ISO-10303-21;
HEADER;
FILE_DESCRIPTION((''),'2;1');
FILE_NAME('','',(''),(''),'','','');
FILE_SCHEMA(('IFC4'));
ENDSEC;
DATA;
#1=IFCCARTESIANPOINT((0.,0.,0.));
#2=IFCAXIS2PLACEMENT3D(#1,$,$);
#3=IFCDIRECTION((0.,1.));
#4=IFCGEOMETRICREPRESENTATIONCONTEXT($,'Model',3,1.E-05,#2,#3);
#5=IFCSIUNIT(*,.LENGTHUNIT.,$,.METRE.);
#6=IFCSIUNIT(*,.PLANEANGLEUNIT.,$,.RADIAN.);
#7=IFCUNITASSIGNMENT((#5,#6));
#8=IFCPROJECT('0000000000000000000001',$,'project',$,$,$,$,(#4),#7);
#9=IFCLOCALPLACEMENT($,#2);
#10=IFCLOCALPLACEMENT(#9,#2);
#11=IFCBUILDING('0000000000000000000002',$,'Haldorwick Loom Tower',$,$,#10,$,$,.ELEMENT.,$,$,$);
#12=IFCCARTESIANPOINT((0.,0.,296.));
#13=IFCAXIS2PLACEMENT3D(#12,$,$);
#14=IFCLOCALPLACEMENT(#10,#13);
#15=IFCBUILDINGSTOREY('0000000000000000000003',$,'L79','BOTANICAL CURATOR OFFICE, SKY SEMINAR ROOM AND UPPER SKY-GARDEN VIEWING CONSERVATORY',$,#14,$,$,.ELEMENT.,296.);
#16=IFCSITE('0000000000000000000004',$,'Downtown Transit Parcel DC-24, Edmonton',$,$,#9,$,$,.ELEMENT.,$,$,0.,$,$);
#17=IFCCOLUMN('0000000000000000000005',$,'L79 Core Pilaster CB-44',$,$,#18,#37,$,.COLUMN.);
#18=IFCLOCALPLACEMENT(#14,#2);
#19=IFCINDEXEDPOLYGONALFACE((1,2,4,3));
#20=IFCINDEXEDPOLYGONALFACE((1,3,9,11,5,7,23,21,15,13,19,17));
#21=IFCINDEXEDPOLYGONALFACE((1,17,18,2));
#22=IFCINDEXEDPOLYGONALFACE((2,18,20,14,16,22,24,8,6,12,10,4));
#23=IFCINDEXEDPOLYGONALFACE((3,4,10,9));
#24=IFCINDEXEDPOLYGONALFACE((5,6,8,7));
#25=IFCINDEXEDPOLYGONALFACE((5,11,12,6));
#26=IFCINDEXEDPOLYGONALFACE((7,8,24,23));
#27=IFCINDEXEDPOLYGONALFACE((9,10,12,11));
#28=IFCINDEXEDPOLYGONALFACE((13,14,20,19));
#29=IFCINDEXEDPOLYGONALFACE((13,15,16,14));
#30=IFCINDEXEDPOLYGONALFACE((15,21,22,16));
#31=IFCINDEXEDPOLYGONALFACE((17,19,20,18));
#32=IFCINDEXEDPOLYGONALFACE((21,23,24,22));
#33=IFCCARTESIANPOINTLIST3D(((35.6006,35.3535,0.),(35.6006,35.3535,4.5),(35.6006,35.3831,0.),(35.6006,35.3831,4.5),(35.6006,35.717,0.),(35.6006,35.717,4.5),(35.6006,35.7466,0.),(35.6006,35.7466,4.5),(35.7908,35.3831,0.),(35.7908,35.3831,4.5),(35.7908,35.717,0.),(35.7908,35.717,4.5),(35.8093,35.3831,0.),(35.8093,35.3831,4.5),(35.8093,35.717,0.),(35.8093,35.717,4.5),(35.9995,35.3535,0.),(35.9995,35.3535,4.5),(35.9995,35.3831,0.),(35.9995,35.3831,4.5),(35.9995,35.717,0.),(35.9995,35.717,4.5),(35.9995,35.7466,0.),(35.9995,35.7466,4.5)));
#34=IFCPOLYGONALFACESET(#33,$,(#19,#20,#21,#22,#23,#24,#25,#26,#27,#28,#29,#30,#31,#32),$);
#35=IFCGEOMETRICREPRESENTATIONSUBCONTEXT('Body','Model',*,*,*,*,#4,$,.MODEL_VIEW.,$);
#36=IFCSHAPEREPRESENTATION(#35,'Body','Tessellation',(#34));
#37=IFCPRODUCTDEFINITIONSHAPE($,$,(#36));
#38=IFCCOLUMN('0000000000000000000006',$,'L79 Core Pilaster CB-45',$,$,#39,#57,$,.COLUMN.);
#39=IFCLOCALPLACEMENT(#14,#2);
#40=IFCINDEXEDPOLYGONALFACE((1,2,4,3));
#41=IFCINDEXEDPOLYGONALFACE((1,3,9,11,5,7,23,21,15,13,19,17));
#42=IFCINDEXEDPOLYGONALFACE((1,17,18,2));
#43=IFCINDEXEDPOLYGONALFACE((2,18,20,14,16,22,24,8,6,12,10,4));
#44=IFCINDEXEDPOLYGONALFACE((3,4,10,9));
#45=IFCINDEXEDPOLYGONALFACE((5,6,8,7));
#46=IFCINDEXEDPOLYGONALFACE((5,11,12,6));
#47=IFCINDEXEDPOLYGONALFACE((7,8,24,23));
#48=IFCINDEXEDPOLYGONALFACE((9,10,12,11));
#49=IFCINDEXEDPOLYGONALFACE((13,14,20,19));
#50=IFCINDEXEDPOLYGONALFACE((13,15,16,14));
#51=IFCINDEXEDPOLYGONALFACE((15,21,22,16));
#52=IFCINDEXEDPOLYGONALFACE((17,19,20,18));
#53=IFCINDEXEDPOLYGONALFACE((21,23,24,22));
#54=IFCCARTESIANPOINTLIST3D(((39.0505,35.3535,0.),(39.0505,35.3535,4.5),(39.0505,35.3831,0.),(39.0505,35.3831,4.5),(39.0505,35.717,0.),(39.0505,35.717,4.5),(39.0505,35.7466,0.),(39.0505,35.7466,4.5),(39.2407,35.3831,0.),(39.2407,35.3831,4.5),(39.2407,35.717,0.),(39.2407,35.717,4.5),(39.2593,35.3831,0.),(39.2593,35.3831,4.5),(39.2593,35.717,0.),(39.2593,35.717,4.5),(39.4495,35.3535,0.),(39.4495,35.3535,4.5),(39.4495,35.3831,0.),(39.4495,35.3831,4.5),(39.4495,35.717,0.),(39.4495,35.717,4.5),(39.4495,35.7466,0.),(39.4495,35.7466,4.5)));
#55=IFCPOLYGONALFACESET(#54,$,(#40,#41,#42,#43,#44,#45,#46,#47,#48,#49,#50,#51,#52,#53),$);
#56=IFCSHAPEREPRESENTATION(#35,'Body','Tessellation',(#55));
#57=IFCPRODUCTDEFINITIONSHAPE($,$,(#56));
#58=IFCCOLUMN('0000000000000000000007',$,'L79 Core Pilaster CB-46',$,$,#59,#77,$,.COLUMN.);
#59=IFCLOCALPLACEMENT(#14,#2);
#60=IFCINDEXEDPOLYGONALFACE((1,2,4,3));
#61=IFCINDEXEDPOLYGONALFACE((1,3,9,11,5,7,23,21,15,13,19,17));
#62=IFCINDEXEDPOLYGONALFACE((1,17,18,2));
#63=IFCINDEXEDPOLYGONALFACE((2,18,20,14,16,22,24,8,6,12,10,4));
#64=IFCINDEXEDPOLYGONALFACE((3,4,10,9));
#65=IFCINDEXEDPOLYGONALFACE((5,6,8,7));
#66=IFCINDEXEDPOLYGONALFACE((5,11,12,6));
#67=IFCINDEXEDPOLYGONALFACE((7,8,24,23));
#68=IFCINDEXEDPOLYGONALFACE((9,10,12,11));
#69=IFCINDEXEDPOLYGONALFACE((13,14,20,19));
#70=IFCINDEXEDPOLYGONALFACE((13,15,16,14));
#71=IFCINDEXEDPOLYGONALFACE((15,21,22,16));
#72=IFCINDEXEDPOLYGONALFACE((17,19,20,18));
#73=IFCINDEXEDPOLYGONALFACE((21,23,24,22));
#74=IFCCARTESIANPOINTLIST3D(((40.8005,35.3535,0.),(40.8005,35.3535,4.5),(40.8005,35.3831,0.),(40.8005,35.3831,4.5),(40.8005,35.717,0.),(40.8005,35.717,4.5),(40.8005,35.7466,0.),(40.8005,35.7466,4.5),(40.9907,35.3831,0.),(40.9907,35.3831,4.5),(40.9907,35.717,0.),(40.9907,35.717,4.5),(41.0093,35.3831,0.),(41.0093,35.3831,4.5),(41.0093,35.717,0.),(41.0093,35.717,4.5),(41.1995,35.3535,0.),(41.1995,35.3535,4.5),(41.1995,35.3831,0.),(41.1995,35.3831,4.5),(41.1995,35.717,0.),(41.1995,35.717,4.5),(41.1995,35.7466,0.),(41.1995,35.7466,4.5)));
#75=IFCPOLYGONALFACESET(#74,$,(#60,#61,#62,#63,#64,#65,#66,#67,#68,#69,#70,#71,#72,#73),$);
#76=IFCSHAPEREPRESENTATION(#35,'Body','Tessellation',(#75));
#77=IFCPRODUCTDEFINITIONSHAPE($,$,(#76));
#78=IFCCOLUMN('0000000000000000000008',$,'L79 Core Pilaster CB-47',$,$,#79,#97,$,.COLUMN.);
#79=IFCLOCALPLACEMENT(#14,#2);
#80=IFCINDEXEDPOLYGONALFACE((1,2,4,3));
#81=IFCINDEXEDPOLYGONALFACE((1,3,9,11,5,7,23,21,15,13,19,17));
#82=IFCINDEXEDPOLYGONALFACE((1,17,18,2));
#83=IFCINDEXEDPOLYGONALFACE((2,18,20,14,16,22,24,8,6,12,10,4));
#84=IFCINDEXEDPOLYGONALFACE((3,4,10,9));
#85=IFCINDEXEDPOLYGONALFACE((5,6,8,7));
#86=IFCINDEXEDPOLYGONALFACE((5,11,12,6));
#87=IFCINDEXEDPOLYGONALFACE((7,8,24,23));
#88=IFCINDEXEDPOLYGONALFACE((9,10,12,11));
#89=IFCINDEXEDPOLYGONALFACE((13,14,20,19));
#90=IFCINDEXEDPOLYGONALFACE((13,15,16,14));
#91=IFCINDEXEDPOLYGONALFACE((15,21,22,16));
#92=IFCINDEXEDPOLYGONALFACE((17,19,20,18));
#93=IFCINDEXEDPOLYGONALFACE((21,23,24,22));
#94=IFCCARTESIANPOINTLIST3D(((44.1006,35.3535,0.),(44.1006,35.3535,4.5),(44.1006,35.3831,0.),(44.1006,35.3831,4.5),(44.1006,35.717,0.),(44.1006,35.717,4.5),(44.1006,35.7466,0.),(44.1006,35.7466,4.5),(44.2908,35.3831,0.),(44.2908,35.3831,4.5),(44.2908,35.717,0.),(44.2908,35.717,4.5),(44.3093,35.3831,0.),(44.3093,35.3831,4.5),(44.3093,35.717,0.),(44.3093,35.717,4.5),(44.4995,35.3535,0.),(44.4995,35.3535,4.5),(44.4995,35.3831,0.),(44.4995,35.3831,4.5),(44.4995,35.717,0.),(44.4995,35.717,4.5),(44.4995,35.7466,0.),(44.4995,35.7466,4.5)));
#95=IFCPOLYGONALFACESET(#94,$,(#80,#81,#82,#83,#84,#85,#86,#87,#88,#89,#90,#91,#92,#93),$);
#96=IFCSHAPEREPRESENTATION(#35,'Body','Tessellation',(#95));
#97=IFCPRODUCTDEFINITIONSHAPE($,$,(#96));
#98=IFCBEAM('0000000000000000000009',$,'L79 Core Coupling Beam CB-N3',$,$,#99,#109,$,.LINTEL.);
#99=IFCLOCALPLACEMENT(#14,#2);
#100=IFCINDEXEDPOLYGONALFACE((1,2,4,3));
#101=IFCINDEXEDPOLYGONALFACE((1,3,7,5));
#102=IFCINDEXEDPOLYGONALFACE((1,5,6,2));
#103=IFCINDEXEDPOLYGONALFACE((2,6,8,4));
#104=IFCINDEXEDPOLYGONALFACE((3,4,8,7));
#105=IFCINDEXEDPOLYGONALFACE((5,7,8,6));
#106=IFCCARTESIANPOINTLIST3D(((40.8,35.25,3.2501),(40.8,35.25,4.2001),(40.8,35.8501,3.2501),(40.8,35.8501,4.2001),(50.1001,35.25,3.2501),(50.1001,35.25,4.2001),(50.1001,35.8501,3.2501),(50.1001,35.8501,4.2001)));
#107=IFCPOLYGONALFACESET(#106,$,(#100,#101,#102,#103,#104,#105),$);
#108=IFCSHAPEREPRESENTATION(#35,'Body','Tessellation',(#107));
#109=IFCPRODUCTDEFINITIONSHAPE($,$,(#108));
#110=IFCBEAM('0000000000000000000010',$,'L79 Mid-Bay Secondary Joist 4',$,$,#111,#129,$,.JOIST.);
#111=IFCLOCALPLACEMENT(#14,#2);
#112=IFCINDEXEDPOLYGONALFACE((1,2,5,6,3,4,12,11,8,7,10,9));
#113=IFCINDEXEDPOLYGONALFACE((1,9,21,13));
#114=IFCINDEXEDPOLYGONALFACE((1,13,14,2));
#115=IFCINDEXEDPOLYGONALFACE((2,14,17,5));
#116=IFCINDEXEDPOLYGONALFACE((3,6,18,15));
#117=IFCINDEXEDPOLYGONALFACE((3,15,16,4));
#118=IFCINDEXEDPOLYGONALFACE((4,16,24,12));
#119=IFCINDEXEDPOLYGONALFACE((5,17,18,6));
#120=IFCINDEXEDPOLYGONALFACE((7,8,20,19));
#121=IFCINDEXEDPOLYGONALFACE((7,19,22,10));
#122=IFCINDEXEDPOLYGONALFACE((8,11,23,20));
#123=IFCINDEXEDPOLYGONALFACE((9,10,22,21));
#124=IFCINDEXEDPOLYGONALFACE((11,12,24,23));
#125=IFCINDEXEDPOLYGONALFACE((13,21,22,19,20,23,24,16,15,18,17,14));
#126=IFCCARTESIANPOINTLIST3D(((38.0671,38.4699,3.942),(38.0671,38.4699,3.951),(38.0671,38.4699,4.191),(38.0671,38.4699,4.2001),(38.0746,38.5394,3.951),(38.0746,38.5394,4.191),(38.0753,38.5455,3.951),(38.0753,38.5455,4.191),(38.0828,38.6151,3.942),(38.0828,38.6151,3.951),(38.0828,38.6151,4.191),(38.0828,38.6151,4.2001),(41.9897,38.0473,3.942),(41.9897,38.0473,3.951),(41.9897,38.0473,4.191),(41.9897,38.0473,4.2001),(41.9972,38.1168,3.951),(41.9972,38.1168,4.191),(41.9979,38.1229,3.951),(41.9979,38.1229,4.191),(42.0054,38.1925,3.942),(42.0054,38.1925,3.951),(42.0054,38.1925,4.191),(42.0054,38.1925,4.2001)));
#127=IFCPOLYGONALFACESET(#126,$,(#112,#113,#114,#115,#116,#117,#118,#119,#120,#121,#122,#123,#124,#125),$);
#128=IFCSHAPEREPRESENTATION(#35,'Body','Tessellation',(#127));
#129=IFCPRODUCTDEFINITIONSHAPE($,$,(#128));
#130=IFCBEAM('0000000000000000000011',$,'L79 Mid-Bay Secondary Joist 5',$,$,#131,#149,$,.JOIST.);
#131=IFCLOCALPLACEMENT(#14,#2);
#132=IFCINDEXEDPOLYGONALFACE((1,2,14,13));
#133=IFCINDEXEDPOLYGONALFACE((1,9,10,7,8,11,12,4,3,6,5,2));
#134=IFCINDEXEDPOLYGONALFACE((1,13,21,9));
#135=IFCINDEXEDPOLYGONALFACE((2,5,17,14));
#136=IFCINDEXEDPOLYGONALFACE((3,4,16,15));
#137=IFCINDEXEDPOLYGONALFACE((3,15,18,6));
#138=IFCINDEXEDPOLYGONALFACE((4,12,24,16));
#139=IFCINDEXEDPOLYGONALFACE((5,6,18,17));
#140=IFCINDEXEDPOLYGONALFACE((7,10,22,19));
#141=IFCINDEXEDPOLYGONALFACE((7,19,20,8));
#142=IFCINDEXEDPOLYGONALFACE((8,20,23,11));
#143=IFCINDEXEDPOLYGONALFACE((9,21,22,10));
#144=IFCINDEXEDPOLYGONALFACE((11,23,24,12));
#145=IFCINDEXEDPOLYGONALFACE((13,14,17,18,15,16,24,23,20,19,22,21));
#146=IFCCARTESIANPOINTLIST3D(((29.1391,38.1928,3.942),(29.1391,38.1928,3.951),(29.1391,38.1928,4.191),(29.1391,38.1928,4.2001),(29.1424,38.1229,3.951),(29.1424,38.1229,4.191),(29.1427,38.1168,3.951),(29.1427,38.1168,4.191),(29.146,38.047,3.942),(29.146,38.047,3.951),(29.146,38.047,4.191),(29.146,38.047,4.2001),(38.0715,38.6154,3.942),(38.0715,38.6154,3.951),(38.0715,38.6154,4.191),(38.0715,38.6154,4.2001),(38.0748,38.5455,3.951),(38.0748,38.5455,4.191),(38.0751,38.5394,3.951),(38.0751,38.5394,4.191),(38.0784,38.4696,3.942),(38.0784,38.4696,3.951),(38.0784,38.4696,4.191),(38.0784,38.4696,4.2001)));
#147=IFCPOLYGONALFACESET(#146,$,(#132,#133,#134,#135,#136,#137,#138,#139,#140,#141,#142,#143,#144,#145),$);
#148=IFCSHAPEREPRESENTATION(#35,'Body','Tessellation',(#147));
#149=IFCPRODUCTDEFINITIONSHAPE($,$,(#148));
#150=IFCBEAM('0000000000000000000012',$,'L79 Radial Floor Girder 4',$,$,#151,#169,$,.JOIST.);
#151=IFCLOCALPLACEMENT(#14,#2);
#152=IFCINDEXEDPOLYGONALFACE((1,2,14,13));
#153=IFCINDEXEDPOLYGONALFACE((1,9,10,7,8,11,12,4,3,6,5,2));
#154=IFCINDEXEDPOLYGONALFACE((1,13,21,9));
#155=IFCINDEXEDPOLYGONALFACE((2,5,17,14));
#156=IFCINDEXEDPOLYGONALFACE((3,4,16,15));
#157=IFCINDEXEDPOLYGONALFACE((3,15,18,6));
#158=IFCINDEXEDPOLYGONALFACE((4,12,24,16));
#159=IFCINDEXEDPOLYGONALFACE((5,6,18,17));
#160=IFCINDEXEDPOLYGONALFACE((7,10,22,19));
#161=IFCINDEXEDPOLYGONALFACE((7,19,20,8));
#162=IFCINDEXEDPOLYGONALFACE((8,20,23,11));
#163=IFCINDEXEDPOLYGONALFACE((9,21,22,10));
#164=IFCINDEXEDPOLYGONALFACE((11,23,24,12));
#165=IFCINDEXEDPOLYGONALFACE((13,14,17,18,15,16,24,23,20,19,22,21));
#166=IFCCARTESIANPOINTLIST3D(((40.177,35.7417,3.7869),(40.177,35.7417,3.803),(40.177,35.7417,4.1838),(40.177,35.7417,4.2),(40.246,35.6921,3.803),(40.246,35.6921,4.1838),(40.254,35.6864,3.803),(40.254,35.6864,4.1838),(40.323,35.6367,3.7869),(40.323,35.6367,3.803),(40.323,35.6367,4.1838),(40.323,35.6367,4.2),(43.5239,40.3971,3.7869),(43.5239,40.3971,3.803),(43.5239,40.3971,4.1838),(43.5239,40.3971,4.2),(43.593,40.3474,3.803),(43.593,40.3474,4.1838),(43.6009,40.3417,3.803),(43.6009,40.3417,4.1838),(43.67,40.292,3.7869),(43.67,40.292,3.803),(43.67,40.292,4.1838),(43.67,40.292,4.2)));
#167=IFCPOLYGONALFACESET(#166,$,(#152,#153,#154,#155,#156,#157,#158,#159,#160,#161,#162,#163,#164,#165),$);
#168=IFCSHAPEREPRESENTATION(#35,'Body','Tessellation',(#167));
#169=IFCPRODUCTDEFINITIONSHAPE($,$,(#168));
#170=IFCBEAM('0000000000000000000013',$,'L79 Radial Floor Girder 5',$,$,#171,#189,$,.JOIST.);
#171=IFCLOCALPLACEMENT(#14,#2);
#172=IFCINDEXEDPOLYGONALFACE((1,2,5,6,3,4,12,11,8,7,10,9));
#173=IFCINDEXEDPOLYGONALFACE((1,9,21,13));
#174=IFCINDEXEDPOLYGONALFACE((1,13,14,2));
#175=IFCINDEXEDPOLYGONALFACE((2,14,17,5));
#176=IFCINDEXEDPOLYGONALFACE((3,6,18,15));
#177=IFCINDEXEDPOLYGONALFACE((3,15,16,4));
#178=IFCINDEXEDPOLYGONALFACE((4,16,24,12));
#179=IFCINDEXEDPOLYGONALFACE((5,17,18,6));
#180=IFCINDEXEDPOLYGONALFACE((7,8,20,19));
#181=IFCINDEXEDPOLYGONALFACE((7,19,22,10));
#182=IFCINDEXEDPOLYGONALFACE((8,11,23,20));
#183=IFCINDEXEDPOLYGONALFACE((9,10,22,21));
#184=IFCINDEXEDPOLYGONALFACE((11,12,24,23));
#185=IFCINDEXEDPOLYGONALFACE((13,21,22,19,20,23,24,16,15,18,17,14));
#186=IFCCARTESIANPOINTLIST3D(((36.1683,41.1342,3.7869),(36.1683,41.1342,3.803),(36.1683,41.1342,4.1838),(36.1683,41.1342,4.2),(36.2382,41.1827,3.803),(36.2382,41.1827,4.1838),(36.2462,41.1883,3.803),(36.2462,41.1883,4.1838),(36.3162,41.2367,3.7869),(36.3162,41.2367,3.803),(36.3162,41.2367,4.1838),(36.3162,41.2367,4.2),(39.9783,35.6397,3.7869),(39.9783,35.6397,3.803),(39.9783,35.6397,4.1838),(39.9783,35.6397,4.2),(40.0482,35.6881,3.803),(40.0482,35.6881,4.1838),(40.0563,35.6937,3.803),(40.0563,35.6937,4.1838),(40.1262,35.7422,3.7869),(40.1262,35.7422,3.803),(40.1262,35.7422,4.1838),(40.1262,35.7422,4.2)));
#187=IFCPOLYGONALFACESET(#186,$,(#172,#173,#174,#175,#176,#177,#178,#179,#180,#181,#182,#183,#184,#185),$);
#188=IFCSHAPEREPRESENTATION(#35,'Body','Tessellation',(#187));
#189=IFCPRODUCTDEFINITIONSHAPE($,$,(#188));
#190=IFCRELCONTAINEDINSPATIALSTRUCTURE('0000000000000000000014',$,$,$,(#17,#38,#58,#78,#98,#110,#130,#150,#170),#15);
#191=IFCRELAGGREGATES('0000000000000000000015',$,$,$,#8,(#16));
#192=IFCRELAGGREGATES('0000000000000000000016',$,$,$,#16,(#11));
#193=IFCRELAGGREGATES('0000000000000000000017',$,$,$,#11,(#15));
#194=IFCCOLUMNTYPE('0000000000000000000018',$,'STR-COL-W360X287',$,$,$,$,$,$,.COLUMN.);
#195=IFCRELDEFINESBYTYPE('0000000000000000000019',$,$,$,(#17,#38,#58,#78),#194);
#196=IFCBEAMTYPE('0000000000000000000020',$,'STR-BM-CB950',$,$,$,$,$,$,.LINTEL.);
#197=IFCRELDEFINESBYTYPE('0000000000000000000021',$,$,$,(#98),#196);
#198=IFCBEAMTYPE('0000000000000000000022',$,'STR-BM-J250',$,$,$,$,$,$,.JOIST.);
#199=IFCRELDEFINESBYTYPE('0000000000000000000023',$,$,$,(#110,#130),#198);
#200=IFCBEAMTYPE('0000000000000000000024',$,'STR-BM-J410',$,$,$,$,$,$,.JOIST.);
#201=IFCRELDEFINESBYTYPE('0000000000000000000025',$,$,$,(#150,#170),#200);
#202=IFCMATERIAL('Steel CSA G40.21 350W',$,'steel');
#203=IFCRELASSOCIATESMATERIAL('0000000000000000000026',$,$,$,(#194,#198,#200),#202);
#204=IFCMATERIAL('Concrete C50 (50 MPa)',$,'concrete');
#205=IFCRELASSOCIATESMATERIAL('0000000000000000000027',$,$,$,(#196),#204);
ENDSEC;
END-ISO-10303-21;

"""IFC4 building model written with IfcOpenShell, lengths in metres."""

from ifc_helpers import new_model, si_unit, direction, frame, origin, origin_2d, place, context, subcontext, project, spatial, rectangle, i_section, extrude, material, material_profile, profile_set, type_object, element, save


model = new_model("IFC4")

# Units and contexts
model_context = context("Model", 3, precision=1e-05, world=origin(), true_north=direction((0.0, 1.0)))
body_context = subcontext(model_context, "Body", "Model", "MODEL_VIEW")
ifc_project = project(units=[si_unit("LENGTHUNIT", "METRE"), si_unit("PLANEANGLEUNIT", "RADIAN")], contexts=[model_context])

# Site, building, storey
site_placement = place(None, origin())
site = spatial("IfcSite", under=ifc_project, at=site_placement, Name="Downtown Transit Parcel DC-24, Edmonton", CompositionType="ELEMENT", RefElevation=0.0)
building_placement = place(site_placement, origin())
building = spatial("IfcBuilding", under=site, at=building_placement, Name="Haldorwick Loom Tower", CompositionType="ELEMENT")
storey_placement = place(building_placement, frame((0.0, 0.0, 296.0)))
storey = spatial("IfcBuildingStorey", under=building, at=storey_placement, Name="L79", Description="BOTANICAL CURATOR OFFICE, SKY SEMINAR ROOM AND UPPER SKY-GARDEN VIEWING CONSERVATORY", CompositionType="ELEMENT", Elevation=296.0)

# Columns
ifc_material_1 = material(Name="Steel CSA G40.21 350W", Category="steel")
ifc_material_profile_1 = material_profile(ifc_material_1, i_section(OverallWidth=0.3989, OverallDepth=0.3931, WebThickness=0.0186, FlangeThickness=0.0295, at=origin_2d()), Name="W360X287", Category="steel")
ifc_profile_set_1 = profile_set([ifc_material_profile_1], Name="Steel CSA G40.21 350W")
column_type = type_object("IfcColumnType", Name="STR-COL-W360X287", PredefinedType="COLUMN", material=ifc_profile_set_1)
for number, where, z_axis, x_axis, name in (
    (1, (35.8, 35.55, 0.0), (0.0, 0.0, 1.0), (1.0, 0.0, 0.0), "L79 Core Pilaster CB-44"),
    (2, (39.25, 35.55, 0.0), (0.0, 0.0, 1.0), (1.0, 0.0, 0.0), "L79 Core Pilaster CB-45"),
    (3, (41.0, 35.55, 0.0), (0.0, 0.0, 1.0), (1.0, 0.0, 0.0), "L79 Core Pilaster CB-46"),
    (4, (44.3, 35.55, 0.0), (0.0, 0.0, 1.0), (1.0, 0.0, 0.0), "L79 Core Pilaster CB-47"),
):
    element("IfcColumn", number, at=place(storey_placement, frame(where, z_axis=z_axis, x_axis=x_axis)), inside=storey, type_object=column_type, Name=name, PredefinedType="COLUMN", context=body_context, shape_type="SweptSolid", body=[
        extrude(i_section(OverallWidth=0.3989, OverallDepth=0.3931, WebThickness=0.0186, FlangeThickness=0.0295, at=origin_2d()), origin(), (0.0, 0.0, 1.0), 4.5),
    ])

# Beams
ifc_material_2 = material(Name="Concrete C50 (50 MPa)", Category="concrete")
ifc_material_profile_2 = material_profile(ifc_material_2, rectangle(XDim=0.6001, YDim=0.95, at=origin_2d()), Name="RC600X950", Category="concrete")
ifc_profile_set_2 = profile_set([ifc_material_profile_2], Name="Concrete C50 (50 MPa)")
beam_type_1 = type_object("IfcBeamType", Name="STR-BM-CB950", PredefinedType="LINTEL", material=ifc_profile_set_2)
beam_1_placement = place(storey_placement, frame((40.8, 35.55, 3.7251), z_axis=(1.0, 0.0, 0.0), x_axis=(0.0, 1.0, 0.0)))
element("IfcBeam", 5, at=beam_1_placement, inside=storey, type_object=beam_type_1, Name="L79 Core Coupling Beam CB-N3", PredefinedType="LINTEL", context=body_context, shape_type="SweptSolid", body=[
    extrude(rectangle(XDim=0.6001, YDim=0.95, at=origin_2d()), origin(), (0.0, 0.0, 1.0), 9.3),
])
ifc_material_profile_3 = material_profile(ifc_material_1, i_section(OverallWidth=0.146, OverallDepth=0.2581, WebThickness=0.0061, FlangeThickness=0.009, at=origin_2d()), Name="W250X33", Category="steel")
ifc_profile_set_3 = profile_set([ifc_material_profile_3], Name="Steel CSA G40.21 350W")
beam_type_2 = type_object("IfcBeamType", Name="STR-BM-J250", PredefinedType="JOIST", material=ifc_profile_set_3)
beam_2_placement = place(storey_placement, frame((41.9976, 38.1199, 4.071), z_axis=(-0.994246, 0.107116, 0.0), x_axis=(-0.107116, -0.994246, 0.0)))
element("IfcBeam", 6, at=beam_2_placement, inside=storey, type_object=beam_type_2, Name="L79 Mid-Bay Secondary Joist 4", PredefinedType="JOIST", context=body_context, shape_type="SweptSolid", body=[
    extrude(i_section(OverallWidth=0.146, OverallDepth=0.2581, WebThickness=0.0061, FlangeThickness=0.009, at=origin_2d()), origin(), (0.0, 0.0, 1.0), 3.9453),
])
beam_3_placement = place(storey_placement, frame((38.075, 38.5425, 4.071), z_axis=(-0.998883, -0.047259, 0.0), x_axis=(0.047259, -0.998883, 0.0)))
element("IfcBeam", 7, at=beam_3_placement, inside=storey, type_object=beam_type_2, Name="L79 Mid-Bay Secondary Joist 5", PredefinedType="JOIST", context=body_context, shape_type="SweptSolid", body=[
    extrude(i_section(OverallWidth=0.146, OverallDepth=0.2581, WebThickness=0.0061, FlangeThickness=0.009, at=origin_2d()), origin(), (0.0, 0.0, 1.0), 8.9424),
])
ifc_material_profile_4 = material_profile(ifc_material_1, i_section(OverallWidth=0.1799, OverallDepth=0.4131, WebThickness=0.0098, FlangeThickness=0.0161, at=origin_2d()), Name="W410X74", Category="steel")
ifc_profile_set_4 = profile_set([ifc_material_profile_4], Name="Steel CSA G40.21 350W")
beam_type_3 = type_object("IfcBeamType", Name="STR-BM-J410", PredefinedType="JOIST", material=ifc_profile_set_4)
beam_4_placement = place(storey_placement, frame((40.25, 35.6892, 3.9934), z_axis=(0.583745, 0.811937, 0.0), x_axis=(-0.811937, 0.583745, 0.0)))
element("IfcBeam", 8, at=beam_4_placement, inside=storey, type_object=beam_type_3, Name="L79 Radial Floor Girder 4", PredefinedType="JOIST", context=body_context, shape_type="SweptSolid", body=[
    extrude(i_section(OverallWidth=0.1799, OverallDepth=0.4131, WebThickness=0.0098, FlangeThickness=0.0161, at=origin_2d()), origin(), (0.0, 0.0, 1.0), 5.7336),
])
beam_5_placement = place(storey_placement, frame((40.0522, 35.6909, 3.9934), z_axis=(-0.569825, 0.821766, 0.0), x_axis=(-0.821766, -0.569825, 0.0)))
element("IfcBeam", 9, at=beam_5_placement, inside=storey, type_object=beam_type_3, Name="L79 Radial Floor Girder 5", PredefinedType="JOIST", context=body_context, shape_type="SweptSolid", body=[
    extrude(i_section(OverallWidth=0.1799, OverallDepth=0.4131, WebThickness=0.0098, FlangeThickness=0.0161, at=origin_2d()), origin(), (0.0, 0.0, 1.0), 6.6863),
])

save(model, "model.ifc")
